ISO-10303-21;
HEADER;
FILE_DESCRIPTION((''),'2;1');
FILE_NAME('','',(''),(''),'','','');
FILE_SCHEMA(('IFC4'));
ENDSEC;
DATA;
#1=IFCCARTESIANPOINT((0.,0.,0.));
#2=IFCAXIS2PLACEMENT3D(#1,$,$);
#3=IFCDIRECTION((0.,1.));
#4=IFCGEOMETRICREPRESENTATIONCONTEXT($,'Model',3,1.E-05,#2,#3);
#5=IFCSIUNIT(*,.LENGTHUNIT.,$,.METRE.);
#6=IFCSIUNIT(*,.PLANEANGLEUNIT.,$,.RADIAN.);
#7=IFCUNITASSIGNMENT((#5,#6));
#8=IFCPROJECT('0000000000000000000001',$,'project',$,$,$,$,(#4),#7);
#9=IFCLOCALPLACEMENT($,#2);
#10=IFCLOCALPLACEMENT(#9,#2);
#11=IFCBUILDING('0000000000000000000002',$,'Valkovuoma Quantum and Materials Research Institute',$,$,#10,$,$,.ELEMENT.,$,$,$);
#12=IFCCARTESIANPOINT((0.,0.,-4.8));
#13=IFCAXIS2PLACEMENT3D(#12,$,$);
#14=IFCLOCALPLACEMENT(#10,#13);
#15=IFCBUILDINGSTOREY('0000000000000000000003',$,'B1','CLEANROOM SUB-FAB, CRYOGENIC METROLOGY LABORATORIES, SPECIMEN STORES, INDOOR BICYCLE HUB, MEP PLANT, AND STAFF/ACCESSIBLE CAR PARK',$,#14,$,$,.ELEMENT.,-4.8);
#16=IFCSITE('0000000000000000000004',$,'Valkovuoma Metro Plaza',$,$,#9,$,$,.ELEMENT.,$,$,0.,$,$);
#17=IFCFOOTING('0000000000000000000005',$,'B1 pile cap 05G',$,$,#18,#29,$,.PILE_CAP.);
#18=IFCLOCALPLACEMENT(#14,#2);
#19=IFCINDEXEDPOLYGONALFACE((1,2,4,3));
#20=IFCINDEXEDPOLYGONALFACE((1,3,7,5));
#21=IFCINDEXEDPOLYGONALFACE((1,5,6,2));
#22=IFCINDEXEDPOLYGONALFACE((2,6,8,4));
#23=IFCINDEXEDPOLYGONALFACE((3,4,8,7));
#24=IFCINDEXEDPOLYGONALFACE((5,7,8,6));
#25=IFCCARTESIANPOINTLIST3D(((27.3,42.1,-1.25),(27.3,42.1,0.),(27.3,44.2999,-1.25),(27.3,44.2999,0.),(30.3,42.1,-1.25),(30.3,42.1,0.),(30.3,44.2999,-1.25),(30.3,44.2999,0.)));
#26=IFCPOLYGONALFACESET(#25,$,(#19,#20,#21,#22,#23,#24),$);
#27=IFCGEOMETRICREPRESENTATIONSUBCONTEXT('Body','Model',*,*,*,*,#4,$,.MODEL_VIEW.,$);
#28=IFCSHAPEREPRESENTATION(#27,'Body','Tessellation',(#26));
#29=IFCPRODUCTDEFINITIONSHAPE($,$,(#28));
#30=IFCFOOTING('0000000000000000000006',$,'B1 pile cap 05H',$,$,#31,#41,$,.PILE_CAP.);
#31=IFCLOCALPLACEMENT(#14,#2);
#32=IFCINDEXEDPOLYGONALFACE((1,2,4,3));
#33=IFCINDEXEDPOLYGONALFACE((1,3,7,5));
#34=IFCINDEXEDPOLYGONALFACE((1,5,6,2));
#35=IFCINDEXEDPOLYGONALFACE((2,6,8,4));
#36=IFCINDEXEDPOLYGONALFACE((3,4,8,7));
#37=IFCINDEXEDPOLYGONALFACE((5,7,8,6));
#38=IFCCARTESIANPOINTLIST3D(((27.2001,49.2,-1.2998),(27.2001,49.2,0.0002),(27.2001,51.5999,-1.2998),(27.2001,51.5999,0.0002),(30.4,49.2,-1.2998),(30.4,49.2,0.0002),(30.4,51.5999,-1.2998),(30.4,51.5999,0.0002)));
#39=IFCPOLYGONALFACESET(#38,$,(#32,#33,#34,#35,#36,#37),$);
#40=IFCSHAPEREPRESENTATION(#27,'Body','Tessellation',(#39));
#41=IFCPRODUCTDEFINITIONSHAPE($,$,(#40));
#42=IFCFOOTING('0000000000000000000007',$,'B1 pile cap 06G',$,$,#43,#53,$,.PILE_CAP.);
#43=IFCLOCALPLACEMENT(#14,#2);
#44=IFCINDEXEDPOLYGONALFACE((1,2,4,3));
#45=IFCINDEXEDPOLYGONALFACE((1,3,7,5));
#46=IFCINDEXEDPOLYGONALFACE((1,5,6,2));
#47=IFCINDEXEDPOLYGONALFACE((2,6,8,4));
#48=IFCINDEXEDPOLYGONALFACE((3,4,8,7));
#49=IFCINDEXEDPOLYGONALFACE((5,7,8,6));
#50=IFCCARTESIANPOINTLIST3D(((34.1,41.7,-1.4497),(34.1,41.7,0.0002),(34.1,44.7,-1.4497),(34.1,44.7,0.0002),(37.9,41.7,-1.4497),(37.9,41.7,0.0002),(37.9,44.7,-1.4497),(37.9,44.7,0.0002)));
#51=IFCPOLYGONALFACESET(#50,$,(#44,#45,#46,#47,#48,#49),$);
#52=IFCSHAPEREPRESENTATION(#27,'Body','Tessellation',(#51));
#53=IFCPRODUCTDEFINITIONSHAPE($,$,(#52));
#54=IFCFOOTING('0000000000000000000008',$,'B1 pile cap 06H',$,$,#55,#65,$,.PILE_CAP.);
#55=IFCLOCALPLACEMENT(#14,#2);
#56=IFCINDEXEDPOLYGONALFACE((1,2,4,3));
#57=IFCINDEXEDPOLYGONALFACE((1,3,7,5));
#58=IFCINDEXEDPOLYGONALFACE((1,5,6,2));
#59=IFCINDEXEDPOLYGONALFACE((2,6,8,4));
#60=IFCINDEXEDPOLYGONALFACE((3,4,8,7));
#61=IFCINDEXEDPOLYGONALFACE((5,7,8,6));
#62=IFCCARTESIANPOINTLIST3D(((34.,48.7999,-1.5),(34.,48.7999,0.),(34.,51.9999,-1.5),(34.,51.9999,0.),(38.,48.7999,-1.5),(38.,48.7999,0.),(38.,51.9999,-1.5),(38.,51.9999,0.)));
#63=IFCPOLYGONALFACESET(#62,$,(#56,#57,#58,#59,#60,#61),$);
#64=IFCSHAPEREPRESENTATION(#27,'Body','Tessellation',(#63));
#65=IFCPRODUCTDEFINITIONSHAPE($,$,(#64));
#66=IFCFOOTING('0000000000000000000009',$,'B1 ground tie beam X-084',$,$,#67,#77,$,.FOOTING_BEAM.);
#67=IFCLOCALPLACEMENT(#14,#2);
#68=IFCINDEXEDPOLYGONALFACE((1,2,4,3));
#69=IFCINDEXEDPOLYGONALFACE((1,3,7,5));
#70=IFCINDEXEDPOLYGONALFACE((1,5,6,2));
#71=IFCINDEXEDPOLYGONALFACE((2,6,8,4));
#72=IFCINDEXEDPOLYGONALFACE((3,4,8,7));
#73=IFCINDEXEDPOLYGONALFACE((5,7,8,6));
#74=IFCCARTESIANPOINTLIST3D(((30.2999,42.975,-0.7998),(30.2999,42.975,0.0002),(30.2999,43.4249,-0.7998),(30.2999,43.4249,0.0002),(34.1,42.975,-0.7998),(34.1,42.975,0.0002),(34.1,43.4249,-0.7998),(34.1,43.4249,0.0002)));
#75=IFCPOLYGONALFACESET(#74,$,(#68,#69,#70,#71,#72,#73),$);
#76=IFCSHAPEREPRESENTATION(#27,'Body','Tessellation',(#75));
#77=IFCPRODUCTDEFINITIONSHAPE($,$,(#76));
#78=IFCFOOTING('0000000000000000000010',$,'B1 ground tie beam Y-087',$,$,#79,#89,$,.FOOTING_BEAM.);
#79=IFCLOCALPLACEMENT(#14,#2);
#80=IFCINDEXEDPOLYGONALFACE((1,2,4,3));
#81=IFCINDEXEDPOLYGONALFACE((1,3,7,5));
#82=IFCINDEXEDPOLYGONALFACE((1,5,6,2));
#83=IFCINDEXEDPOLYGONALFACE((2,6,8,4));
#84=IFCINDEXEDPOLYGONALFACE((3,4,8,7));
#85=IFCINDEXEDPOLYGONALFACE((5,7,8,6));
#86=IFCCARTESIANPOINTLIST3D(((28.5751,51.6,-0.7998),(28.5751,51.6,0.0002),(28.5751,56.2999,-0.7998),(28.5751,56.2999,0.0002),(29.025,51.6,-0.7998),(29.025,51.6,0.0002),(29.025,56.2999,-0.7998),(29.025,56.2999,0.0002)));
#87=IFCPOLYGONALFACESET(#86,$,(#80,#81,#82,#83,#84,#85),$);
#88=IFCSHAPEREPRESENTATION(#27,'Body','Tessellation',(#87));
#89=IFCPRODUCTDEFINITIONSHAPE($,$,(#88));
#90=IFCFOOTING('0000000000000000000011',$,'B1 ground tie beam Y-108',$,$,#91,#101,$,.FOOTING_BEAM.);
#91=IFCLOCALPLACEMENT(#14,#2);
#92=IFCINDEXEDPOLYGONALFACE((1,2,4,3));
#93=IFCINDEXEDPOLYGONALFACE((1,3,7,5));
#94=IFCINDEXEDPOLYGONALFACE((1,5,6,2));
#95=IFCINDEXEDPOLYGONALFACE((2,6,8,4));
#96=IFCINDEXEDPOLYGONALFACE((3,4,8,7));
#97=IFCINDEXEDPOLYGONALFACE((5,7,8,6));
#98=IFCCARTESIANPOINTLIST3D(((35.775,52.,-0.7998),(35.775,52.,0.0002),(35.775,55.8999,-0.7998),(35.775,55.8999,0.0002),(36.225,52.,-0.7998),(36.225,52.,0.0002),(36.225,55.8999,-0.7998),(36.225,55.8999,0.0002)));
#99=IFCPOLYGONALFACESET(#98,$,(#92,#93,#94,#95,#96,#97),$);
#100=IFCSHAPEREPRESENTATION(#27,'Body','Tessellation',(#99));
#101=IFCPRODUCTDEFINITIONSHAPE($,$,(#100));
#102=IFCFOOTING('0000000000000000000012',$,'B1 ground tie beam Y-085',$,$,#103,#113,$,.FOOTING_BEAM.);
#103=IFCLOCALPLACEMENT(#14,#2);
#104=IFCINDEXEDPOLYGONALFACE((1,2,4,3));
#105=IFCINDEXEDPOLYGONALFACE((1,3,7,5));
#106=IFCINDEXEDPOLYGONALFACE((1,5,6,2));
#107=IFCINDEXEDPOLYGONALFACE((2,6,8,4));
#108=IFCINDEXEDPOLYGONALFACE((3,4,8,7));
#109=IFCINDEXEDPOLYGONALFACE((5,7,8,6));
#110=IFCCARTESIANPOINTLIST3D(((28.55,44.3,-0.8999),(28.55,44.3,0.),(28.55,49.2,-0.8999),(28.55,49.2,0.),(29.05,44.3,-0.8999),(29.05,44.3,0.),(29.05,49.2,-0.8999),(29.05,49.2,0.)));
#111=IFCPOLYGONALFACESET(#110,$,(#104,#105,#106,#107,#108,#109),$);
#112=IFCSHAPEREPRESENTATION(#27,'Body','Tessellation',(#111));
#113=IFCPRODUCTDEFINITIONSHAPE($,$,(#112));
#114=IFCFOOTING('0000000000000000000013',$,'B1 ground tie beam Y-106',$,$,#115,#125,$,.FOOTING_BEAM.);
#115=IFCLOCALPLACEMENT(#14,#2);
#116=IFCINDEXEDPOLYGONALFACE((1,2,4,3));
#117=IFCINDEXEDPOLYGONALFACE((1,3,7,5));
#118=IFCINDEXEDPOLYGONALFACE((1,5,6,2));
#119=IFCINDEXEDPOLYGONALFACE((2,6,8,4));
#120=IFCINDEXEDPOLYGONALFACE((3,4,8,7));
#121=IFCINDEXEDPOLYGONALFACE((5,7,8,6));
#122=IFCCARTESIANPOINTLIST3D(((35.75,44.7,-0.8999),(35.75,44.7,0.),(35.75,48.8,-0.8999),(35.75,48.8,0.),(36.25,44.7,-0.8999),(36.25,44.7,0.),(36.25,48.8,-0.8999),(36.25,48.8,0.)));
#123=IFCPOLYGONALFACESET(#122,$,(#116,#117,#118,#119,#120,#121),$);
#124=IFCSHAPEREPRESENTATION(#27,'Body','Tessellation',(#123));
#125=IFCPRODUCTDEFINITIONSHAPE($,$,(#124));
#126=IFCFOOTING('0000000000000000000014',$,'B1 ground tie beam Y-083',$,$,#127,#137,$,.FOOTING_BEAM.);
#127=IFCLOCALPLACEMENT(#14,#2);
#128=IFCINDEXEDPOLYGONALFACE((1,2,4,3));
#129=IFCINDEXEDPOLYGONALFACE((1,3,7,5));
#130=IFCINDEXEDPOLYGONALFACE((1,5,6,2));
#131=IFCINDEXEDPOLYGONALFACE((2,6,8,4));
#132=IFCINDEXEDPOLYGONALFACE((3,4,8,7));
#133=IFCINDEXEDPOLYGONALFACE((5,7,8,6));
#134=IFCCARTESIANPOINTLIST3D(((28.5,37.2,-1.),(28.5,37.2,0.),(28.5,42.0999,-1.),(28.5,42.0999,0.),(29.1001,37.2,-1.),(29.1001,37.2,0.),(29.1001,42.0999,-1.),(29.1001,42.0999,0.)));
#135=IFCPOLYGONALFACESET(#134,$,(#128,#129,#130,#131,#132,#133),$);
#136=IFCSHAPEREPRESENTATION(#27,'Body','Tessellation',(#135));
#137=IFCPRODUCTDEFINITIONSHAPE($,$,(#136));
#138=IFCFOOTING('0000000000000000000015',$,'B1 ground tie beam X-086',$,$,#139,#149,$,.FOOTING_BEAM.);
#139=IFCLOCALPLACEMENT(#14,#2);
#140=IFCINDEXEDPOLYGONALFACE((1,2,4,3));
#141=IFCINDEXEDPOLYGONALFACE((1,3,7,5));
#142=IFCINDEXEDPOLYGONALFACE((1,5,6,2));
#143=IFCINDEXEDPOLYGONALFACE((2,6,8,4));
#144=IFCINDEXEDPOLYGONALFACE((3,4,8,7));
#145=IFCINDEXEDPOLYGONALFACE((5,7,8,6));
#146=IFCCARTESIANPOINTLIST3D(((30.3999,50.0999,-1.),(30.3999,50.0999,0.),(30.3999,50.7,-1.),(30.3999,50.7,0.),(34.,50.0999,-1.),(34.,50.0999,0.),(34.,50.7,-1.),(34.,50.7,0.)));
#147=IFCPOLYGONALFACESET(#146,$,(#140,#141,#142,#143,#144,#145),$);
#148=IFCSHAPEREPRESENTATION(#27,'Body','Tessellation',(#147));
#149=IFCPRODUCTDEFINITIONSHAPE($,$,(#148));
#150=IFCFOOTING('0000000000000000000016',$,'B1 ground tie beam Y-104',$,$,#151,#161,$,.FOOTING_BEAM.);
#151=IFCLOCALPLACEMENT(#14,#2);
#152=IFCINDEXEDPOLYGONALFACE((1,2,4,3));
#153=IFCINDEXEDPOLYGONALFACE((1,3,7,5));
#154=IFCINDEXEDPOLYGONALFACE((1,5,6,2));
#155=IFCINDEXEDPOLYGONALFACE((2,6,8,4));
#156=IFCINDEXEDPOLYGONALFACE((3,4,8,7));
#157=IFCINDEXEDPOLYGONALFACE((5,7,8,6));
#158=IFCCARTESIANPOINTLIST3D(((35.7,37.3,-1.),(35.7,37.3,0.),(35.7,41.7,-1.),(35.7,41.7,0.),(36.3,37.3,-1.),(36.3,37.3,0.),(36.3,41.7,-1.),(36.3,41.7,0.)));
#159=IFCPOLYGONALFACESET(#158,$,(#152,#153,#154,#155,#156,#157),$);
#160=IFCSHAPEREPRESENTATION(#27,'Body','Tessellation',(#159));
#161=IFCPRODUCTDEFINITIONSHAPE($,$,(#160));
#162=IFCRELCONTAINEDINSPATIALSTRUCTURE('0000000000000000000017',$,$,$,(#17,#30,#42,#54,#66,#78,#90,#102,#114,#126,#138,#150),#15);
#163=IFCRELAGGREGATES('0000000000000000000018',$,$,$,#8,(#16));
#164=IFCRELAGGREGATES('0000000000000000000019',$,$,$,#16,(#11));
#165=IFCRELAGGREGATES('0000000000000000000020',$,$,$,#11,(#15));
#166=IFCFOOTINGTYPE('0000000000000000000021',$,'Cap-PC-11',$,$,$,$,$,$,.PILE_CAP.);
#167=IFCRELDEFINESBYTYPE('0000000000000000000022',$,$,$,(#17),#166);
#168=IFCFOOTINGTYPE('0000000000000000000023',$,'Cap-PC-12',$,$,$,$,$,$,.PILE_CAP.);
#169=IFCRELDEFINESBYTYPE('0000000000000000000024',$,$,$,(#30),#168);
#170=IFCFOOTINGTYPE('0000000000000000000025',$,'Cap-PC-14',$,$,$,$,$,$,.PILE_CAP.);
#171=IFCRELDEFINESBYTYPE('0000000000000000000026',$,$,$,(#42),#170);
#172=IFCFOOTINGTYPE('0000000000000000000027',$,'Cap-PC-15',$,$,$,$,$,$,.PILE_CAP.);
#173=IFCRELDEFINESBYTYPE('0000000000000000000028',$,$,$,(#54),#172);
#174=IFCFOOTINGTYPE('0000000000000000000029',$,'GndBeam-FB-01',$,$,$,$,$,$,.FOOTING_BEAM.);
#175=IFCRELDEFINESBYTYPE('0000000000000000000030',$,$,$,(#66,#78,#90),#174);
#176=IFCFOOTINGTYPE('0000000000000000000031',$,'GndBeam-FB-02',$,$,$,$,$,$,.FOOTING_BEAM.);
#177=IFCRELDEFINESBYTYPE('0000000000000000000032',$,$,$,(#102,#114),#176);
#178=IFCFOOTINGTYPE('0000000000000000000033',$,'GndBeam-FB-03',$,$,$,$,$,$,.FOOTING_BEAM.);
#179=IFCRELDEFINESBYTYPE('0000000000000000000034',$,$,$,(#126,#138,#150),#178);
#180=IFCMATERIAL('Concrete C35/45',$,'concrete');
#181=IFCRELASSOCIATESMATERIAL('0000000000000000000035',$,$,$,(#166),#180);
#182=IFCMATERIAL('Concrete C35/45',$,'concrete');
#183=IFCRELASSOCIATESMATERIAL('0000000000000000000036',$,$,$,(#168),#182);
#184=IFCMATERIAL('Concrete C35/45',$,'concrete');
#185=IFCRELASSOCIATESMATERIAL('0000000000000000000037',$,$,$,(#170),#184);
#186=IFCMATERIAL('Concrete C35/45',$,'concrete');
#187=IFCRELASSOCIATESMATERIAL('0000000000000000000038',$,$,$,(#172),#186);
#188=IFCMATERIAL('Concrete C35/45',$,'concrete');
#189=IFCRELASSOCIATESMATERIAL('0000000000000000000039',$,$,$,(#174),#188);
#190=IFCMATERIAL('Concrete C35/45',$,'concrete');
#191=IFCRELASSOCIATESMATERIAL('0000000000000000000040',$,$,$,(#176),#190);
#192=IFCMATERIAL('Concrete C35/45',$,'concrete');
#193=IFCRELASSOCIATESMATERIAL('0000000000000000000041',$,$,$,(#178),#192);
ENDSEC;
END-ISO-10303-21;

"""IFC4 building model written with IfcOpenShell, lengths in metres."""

from ifc_helpers import new_model, si_unit, direction, frame, origin, origin_2d, place, context, subcontext, project, spatial, rectangle, extrude, material, type_object, element, save


model = new_model("IFC4")

# Units and contexts
model_context = context("Model", 3, precision=1e-05, world=origin(), true_north=direction((0.0, 1.0)))
body_context = subcontext(model_context, "Body", "Model", "MODEL_VIEW")
ifc_project = project(units=[si_unit("LENGTHUNIT", "METRE"), si_unit("PLANEANGLEUNIT", "RADIAN")], contexts=[model_context])

# Site, building, storey
site_placement = place(None, origin())
site = spatial("IfcSite", under=ifc_project, at=site_placement, Name="Valkovuoma Metro Plaza", CompositionType="ELEMENT", RefElevation=0.0)
building_placement = place(site_placement, origin())
building = spatial("IfcBuilding", under=site, at=building_placement, Name="Valkovuoma Quantum and Materials Research Institute", CompositionType="ELEMENT")
storey_placement = place(building_placement, frame((0.0, 0.0, -4.8)))
storey = spatial("IfcBuildingStorey", under=building, at=storey_placement, Name="B1", Description="CLEANROOM SUB-FAB, CRYOGENIC METROLOGY LABORATORIES, SPECIMEN STORES, INDOOR BICYCLE HUB, MEP PLANT, AND STAFF/ACCESSIBLE CAR PARK", CompositionType="ELEMENT", Elevation=-4.8)

# Footings
ifc_material_1 = material(Name="Concrete C35/45", Category="concrete")
footing_type_1 = type_object("IfcFootingType", Name="Cap-PC-11", PredefinedType="PILE_CAP", material=ifc_material_1)
footing_1_placement = place(storey_placement, frame((28.8, 43.2, -1.25), z_axis=(0.0, 0.0, 1.0), x_axis=(1.0, 0.0, 0.0)))
element("IfcFooting", 1, at=footing_1_placement, inside=storey, type_object=footing_type_1, Name="B1 pile cap 05G", PredefinedType="PILE_CAP", context=body_context, shape_type="SweptSolid", body=[
    extrude(rectangle(XDim=3.0, YDim=2.2, at=origin_2d()), origin(), (0.0, 0.0, 1.0), 1.25),
])
ifc_material_2 = material(Name="Concrete C35/45", Category="concrete")
footing_type_2 = type_object("IfcFootingType", Name="Cap-PC-12", PredefinedType="PILE_CAP", material=ifc_material_2)
footing_2_placement = place(storey_placement, frame((28.8, 50.3999, -1.2998), z_axis=(0.0, 0.0, 1.0), x_axis=(1.0, 0.0, 0.0)))
element("IfcFooting", 2, at=footing_2_placement, inside=storey, type_object=footing_type_2, Name="B1 pile cap 05H", PredefinedType="PILE_CAP", context=body_context, shape_type="SweptSolid", body=[
    extrude(rectangle(XDim=3.2, YDim=2.3999, at=origin_2d()), origin(), (0.0, 0.0, 1.0), 1.3),
])
ifc_material_3 = material(Name="Concrete C35/45", Category="concrete")
footing_type_3 = type_object("IfcFootingType", Name="Cap-PC-14", PredefinedType="PILE_CAP", material=ifc_material_3)
footing_3_placement = place(storey_placement, frame((36.0, 43.2, -1.4497), z_axis=(0.0, 0.0, 1.0), x_axis=(1.0, 0.0, 0.0)))
element("IfcFooting", 3, at=footing_3_placement, inside=storey, type_object=footing_type_3, Name="B1 pile cap 06G", PredefinedType="PILE_CAP", context=body_context, shape_type="SweptSolid", body=[
    extrude(rectangle(XDim=3.8, YDim=3.0, at=origin_2d()), origin(), (0.0, 0.0, 1.0), 1.45),
])
ifc_material_4 = material(Name="Concrete C35/45", Category="concrete")
footing_type_4 = type_object("IfcFootingType", Name="Cap-PC-15", PredefinedType="PILE_CAP", material=ifc_material_4)
footing_4_placement = place(storey_placement, frame((36.0, 50.3999, -1.5), z_axis=(0.0, 0.0, 1.0), x_axis=(1.0, 0.0, 0.0)))
element("IfcFooting", 4, at=footing_4_placement, inside=storey, type_object=footing_type_4, Name="B1 pile cap 06H", PredefinedType="PILE_CAP", context=body_context, shape_type="SweptSolid", body=[
    extrude(rectangle(XDim=4.0, YDim=3.2, at=origin_2d()), origin(), (0.0, 0.0, 1.0), 1.5),
])
ifc_material_5 = material(Name="Concrete C35/45", Category="concrete")
footing_type_5 = type_object("IfcFootingType", Name="GndBeam-FB-01", PredefinedType="FOOTING_BEAM", material=ifc_material_5)
footing_5_placement = place(storey_placement, frame((32.2, 43.2, -0.7998), z_axis=(0.0, 0.0, 1.0), x_axis=(1.0, 0.0, 0.0)))
element("IfcFooting", 5, at=footing_5_placement, inside=storey, type_object=footing_type_5, Name="B1 ground tie beam X-084", PredefinedType="FOOTING_BEAM", context=body_context, shape_type="SweptSolid", body=[
    extrude(rectangle(XDim=3.8, YDim=0.45, at=origin_2d()), origin(), (0.0, 0.0, 1.0), 0.8),
])
footing_6_placement = place(storey_placement, frame((28.8, 53.95, -0.7998), z_axis=(0.0, 0.0, 1.0), x_axis=(0.0, 1.0, 0.0)))
element("IfcFooting", 6, at=footing_6_placement, inside=storey, type_object=footing_type_5, Name="B1 ground tie beam Y-087", PredefinedType="FOOTING_BEAM", context=body_context, shape_type="SweptSolid", body=[
    extrude(rectangle(XDim=4.7, YDim=0.45, at=origin_2d()), origin(), (0.0, 0.0, 1.0), 0.8),
])
footing_7_placement = place(storey_placement, frame((36.0, 53.95, -0.7998), z_axis=(0.0, 0.0, 1.0), x_axis=(0.0, 1.0, 0.0)))
element("IfcFooting", 7, at=footing_7_placement, inside=storey, type_object=footing_type_5, Name="B1 ground tie beam Y-108", PredefinedType="FOOTING_BEAM", context=body_context, shape_type="SweptSolid", body=[
    extrude(rectangle(XDim=3.8999, YDim=0.45, at=origin_2d()), origin(), (0.0, 0.0, 1.0), 0.8),
])
ifc_material_6 = material(Name="Concrete C35/45", Category="concrete")
footing_type_6 = type_object("IfcFootingType", Name="GndBeam-FB-02", PredefinedType="FOOTING_BEAM", material=ifc_material_6)
footing_8_placement = place(storey_placement, frame((28.8, 46.75, -0.8999), z_axis=(0.0, 0.0, 1.0), x_axis=(0.0, 1.0, 0.0)))
element("IfcFooting", 8, at=footing_8_placement, inside=storey, type_object=footing_type_6, Name="B1 ground tie beam Y-085", PredefinedType="FOOTING_BEAM", context=body_context, shape_type="SweptSolid", body=[
    extrude(rectangle(XDim=4.8999, YDim=0.5, at=origin_2d()), origin(), (0.0, 0.0, 1.0), 0.8999),
])
footing_9_placement = place(storey_placement, frame((36.0, 46.75, -0.8999), z_axis=(0.0, 0.0, 1.0), x_axis=(0.0, 1.0, 0.0)))
element("IfcFooting", 9, at=footing_9_placement, inside=storey, type_object=footing_type_6, Name="B1 ground tie beam Y-106", PredefinedType="FOOTING_BEAM", context=body_context, shape_type="SweptSolid", body=[
    extrude(rectangle(XDim=4.1001, YDim=0.5, at=origin_2d()), origin(), (0.0, 0.0, 1.0), 0.8999),
])
ifc_material_7 = material(Name="Concrete C35/45", Category="concrete")
footing_type_7 = type_object("IfcFootingType", Name="GndBeam-FB-03", PredefinedType="FOOTING_BEAM", material=ifc_material_7)
footing_10_placement = place(storey_placement, frame((28.8, 39.6499, -1.0), z_axis=(0.0, 0.0, 1.0), x_axis=(0.0, 1.0, 0.0)))
element("IfcFooting", 10, at=footing_10_placement, inside=storey, type_object=footing_type_7, Name="B1 ground tie beam Y-083", PredefinedType="FOOTING_BEAM", context=body_context, shape_type="SweptSolid", body=[
    extrude(rectangle(XDim=4.8999, YDim=0.6001, at=origin_2d()), origin(), (0.0, 0.0, 1.0), 1.0),
])
footing_11_placement = place(storey_placement, frame((32.2, 50.3999, -1.0), z_axis=(0.0, 0.0, 1.0), x_axis=(1.0, 0.0, 0.0)))
element("IfcFooting", 11, at=footing_11_placement, inside=storey, type_object=footing_type_7, Name="B1 ground tie beam X-086", PredefinedType="FOOTING_BEAM", context=body_context, shape_type="SweptSolid", body=[
    extrude(rectangle(XDim=3.6001, YDim=0.6001, at=origin_2d()), origin(), (0.0, 0.0, 1.0), 1.0),
])
footing_12_placement = place(storey_placement, frame((36.0, 39.5, -1.0), z_axis=(0.0, 0.0, 1.0), x_axis=(0.0, 1.0, 0.0)))
element("IfcFooting", 12, at=footing_12_placement, inside=storey, type_object=footing_type_7, Name="B1 ground tie beam Y-104", PredefinedType="FOOTING_BEAM", context=body_context, shape_type="SweptSolid", body=[
    extrude(rectangle(XDim=4.3999, YDim=0.6001, at=origin_2d()), origin(), (0.0, 0.0, 1.0), 1.0),
])

save(model, "model.ifc")
